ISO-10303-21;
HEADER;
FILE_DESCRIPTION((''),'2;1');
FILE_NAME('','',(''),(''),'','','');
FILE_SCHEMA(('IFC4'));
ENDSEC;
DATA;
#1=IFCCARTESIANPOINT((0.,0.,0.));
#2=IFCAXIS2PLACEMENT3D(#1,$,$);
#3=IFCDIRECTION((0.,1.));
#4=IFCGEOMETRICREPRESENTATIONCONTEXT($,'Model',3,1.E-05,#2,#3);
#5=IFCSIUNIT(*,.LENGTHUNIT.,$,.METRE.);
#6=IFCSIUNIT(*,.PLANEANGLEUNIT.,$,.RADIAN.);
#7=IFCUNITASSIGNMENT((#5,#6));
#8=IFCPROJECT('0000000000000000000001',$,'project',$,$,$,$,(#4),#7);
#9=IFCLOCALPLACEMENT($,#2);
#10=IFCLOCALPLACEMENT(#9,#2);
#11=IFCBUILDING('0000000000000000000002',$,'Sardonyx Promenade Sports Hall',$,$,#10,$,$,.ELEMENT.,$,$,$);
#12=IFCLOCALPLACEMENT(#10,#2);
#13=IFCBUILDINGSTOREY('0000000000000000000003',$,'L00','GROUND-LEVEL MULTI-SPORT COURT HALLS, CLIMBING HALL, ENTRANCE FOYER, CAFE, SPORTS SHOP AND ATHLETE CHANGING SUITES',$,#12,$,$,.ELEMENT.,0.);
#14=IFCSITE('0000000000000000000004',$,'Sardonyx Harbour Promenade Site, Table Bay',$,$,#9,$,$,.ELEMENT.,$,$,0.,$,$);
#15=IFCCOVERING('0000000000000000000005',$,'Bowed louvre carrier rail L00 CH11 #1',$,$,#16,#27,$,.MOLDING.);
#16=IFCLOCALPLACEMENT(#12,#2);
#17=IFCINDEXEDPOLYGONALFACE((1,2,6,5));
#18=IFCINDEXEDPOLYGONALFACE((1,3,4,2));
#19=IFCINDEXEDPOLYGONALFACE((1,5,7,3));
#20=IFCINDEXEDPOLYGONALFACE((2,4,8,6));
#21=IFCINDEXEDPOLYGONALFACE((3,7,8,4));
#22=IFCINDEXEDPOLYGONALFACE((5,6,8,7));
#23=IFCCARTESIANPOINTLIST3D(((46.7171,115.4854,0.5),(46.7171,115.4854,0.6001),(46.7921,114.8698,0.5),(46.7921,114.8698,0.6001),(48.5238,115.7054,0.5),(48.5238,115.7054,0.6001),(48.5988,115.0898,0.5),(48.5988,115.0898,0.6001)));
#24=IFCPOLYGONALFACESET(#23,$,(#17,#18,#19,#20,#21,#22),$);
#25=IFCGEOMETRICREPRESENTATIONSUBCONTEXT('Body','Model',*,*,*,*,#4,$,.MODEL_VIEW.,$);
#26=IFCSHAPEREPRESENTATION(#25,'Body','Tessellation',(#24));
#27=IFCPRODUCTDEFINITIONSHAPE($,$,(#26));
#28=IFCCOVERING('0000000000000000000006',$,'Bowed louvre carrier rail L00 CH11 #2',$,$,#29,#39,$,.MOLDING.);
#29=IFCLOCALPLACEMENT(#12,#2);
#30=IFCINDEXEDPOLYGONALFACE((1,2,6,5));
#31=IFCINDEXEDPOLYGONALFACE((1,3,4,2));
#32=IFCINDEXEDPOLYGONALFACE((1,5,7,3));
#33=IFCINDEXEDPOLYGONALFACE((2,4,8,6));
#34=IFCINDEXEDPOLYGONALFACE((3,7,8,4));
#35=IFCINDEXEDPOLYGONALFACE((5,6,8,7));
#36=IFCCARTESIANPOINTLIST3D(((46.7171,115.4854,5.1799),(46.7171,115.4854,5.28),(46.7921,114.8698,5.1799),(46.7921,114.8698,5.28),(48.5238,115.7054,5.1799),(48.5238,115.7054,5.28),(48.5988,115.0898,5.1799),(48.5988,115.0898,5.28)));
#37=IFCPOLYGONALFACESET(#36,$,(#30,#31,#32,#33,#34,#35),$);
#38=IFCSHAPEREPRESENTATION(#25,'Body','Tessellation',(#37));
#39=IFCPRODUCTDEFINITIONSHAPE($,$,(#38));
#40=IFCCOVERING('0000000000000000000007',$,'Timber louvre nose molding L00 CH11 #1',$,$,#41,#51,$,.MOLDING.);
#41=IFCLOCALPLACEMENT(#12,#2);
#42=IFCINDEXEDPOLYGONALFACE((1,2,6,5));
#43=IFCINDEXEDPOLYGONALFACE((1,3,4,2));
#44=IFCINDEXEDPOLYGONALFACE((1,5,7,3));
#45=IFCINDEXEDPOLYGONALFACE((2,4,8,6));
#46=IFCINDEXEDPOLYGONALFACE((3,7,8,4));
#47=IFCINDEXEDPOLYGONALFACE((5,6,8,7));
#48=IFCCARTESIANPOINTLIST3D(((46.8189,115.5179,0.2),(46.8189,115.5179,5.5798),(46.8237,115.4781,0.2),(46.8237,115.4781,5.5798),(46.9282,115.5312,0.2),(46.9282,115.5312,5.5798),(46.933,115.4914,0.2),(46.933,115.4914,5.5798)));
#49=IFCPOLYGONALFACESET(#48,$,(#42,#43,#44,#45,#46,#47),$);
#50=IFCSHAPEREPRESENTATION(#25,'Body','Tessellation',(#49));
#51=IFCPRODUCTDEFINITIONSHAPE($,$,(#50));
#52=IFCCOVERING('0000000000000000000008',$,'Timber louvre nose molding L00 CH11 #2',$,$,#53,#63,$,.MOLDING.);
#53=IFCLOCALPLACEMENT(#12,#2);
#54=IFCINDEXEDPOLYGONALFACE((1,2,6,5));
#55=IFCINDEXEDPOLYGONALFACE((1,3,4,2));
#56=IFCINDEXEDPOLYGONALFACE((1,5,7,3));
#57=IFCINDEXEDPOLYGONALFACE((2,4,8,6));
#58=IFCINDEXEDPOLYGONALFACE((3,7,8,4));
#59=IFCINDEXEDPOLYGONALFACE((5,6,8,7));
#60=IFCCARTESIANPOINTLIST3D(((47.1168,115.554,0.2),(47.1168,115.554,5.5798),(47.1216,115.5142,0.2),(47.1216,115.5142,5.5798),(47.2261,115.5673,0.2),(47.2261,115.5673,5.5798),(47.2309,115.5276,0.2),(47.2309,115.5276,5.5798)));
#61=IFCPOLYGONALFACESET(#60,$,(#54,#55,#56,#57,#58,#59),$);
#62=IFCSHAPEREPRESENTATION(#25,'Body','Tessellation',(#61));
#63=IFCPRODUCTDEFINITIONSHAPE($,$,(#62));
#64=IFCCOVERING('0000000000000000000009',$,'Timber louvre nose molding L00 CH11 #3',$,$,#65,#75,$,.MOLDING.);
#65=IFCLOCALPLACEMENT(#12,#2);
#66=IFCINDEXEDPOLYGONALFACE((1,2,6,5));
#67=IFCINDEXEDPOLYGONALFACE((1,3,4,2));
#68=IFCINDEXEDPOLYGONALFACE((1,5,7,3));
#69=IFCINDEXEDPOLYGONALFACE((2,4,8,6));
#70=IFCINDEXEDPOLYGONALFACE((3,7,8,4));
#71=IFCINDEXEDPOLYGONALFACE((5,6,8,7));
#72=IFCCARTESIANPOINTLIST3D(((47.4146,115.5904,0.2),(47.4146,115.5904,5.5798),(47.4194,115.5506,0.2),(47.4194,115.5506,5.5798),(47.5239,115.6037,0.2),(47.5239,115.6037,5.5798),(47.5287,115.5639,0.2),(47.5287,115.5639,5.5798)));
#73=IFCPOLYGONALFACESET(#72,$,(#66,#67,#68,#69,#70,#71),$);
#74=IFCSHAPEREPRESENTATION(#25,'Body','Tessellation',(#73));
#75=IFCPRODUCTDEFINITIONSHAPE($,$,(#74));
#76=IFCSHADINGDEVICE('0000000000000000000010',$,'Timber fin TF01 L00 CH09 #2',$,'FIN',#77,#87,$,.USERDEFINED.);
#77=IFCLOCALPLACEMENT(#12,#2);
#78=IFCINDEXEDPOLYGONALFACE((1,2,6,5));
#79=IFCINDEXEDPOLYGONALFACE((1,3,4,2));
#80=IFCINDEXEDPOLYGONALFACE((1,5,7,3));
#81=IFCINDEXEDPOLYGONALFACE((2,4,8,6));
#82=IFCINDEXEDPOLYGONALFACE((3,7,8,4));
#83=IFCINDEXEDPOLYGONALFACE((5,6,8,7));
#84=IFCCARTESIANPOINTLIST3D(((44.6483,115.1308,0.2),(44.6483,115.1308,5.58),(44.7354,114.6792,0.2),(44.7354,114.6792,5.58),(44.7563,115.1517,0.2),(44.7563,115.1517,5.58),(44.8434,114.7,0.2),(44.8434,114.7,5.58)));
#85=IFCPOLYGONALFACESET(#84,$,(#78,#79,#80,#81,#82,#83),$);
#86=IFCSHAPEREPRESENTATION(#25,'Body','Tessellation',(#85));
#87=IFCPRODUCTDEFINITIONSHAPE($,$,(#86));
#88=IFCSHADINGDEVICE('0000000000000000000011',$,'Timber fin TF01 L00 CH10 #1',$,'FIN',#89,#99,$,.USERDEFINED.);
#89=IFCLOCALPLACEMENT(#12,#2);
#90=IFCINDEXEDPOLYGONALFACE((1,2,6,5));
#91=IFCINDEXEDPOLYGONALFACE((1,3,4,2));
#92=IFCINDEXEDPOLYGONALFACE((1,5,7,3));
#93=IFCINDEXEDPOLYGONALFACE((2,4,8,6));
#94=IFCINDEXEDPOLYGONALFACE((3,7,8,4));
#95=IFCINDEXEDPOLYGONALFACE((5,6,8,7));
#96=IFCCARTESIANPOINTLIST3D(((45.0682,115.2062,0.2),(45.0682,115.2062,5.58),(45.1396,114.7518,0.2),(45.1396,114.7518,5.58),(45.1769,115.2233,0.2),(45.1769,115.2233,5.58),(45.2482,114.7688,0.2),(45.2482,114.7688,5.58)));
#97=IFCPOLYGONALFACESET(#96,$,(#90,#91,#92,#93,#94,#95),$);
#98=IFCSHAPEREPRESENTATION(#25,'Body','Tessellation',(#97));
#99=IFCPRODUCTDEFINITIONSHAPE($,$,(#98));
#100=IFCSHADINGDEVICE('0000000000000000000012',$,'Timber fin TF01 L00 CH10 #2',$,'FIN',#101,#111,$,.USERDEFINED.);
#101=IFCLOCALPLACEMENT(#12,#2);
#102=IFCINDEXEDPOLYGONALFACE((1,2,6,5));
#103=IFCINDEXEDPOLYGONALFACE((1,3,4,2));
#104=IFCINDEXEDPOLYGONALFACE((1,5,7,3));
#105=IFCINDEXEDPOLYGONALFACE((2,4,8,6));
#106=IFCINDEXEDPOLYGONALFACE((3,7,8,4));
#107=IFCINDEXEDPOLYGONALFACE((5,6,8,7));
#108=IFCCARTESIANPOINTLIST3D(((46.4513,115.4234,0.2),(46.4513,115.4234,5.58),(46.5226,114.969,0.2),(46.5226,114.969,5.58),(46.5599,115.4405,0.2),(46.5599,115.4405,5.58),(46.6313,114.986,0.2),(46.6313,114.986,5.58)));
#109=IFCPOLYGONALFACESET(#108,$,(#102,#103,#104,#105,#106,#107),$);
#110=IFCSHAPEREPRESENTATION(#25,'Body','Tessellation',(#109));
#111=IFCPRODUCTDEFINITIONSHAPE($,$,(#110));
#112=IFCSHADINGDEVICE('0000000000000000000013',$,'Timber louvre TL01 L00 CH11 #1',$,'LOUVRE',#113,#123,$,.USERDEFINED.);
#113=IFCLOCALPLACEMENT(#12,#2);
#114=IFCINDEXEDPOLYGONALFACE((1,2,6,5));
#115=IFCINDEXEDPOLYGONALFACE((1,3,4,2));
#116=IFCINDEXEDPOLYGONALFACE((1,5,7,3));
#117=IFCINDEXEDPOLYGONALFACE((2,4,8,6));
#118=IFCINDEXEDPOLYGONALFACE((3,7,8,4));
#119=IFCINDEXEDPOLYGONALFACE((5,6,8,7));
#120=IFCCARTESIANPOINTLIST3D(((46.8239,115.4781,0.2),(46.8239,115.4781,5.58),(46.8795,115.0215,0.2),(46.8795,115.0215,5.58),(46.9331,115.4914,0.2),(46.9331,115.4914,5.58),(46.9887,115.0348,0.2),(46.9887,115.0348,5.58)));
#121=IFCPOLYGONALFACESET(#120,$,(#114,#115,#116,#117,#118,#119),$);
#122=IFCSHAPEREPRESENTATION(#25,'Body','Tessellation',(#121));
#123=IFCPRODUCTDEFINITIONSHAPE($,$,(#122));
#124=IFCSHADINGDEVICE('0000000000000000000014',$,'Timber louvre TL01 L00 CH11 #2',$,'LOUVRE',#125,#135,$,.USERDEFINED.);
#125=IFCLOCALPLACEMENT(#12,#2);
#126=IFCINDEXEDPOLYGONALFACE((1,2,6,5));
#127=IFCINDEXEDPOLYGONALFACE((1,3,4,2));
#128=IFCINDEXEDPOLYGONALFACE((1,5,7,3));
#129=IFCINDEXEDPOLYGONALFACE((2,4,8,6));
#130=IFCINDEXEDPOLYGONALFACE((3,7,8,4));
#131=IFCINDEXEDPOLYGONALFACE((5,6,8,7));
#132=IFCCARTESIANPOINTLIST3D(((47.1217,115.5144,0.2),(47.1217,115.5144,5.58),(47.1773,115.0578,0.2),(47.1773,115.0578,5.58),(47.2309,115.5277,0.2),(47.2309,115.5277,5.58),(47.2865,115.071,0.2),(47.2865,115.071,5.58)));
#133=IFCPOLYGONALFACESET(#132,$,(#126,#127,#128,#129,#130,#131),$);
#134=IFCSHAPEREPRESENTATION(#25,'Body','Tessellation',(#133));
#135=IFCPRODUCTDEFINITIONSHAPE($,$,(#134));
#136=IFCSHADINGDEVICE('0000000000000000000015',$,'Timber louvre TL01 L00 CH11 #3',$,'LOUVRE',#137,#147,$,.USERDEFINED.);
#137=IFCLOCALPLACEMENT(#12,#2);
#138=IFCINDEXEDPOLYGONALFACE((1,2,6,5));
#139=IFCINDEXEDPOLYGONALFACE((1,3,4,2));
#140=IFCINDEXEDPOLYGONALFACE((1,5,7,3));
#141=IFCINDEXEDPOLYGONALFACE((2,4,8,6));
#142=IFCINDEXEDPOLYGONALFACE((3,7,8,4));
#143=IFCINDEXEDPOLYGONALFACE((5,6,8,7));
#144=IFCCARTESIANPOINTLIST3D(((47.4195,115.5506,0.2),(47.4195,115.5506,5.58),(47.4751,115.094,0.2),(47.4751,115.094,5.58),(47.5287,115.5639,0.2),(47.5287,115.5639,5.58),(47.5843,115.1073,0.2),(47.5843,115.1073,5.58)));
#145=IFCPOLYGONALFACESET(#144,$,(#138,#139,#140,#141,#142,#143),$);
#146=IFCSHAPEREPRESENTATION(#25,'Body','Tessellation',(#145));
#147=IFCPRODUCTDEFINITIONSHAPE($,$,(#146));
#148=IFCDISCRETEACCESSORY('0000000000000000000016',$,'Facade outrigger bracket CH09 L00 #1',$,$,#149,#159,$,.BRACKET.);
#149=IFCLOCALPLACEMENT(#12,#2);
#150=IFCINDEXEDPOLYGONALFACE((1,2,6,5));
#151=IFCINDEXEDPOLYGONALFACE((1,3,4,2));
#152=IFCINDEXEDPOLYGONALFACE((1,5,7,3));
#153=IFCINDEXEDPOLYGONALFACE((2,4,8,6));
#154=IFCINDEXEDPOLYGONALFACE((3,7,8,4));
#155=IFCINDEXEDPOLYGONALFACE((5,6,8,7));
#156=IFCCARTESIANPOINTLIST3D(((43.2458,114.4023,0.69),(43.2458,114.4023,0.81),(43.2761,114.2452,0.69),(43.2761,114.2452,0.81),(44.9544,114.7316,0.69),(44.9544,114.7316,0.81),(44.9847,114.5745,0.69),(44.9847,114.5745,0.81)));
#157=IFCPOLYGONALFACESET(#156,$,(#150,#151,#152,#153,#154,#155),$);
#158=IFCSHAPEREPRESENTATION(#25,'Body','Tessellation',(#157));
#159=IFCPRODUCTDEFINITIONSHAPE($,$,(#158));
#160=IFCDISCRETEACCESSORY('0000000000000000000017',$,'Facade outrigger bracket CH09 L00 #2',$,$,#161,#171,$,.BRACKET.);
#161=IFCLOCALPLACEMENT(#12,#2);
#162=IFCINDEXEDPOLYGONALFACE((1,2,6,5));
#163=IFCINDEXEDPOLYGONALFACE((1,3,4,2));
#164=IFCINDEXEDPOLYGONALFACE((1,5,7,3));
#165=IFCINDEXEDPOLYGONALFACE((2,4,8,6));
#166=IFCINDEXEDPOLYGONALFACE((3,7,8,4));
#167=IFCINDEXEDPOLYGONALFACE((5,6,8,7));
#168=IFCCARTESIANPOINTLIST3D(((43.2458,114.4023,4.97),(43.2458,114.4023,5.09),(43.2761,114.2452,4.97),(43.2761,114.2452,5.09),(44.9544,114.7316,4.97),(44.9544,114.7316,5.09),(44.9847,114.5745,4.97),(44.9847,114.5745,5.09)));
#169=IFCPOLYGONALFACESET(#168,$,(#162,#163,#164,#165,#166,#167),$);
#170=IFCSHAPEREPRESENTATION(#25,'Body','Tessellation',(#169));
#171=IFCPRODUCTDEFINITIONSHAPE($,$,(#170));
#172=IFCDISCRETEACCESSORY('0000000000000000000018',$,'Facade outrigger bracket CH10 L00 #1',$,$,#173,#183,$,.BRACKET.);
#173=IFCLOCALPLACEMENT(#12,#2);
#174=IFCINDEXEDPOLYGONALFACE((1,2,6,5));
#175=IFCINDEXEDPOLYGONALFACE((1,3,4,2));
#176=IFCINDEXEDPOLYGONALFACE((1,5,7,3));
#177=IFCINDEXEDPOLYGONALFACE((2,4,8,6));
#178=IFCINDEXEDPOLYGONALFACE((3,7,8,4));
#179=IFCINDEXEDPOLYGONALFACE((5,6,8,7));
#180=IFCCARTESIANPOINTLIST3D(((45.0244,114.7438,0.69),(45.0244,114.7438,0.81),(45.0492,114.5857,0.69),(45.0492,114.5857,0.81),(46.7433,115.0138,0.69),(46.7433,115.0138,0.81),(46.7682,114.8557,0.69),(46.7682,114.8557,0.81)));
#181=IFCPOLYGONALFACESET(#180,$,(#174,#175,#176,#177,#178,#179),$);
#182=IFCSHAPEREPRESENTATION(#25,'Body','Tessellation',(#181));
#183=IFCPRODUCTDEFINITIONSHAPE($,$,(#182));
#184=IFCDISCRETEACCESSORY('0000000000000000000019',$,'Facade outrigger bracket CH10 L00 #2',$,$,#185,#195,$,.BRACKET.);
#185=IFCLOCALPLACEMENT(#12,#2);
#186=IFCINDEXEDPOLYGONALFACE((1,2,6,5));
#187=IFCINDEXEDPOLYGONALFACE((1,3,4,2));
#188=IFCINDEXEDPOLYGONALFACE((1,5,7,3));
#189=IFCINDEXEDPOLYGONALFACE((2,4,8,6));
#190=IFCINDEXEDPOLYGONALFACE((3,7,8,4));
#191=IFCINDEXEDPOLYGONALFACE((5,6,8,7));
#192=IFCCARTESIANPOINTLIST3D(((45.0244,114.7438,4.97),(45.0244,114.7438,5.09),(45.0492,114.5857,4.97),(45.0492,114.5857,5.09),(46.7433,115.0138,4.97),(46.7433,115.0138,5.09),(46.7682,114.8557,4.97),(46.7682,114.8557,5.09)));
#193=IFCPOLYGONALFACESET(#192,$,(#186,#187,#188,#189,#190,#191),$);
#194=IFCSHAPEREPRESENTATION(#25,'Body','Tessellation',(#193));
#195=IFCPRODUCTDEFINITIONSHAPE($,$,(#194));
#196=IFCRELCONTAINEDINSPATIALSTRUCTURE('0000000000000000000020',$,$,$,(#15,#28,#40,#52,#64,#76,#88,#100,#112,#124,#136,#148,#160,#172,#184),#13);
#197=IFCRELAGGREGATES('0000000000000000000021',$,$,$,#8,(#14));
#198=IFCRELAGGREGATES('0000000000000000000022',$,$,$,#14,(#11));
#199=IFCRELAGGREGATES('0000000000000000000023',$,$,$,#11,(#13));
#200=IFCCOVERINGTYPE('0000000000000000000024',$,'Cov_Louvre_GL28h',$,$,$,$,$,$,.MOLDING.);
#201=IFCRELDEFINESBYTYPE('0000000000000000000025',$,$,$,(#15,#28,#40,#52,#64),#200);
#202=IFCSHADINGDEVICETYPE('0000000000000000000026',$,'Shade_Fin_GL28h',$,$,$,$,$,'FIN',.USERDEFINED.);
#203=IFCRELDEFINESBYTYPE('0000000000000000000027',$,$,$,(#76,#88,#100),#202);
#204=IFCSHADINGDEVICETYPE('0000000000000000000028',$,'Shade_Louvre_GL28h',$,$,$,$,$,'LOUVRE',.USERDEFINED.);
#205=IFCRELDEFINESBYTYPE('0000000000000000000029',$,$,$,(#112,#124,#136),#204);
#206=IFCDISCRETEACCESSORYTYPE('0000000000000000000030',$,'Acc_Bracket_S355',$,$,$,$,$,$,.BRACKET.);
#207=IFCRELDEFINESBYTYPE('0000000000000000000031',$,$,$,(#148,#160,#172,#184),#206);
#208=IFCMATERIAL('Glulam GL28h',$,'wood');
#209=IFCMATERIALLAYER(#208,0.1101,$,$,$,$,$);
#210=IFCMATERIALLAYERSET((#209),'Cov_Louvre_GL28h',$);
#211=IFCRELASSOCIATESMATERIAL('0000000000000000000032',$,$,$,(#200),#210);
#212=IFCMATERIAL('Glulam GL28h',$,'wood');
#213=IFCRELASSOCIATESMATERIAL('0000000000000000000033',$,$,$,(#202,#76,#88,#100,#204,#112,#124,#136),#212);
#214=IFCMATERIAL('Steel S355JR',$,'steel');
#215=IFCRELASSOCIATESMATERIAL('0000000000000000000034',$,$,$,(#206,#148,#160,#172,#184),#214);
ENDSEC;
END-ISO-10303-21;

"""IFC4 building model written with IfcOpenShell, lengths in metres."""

from ifc_helpers import new_model, si_unit, direction, frame, origin, origin_2d, place, context, subcontext, project, spatial, rectangle, extrude, material, layer, layer_set, type_object, element, save


model = new_model("IFC4")

# Units and contexts
model_context = context("Model", 3, precision=1e-05, world=origin(), true_north=direction((0.0, 1.0)))
body_context = subcontext(model_context, "Body", "Model", "MODEL_VIEW")
ifc_project = project(units=[si_unit("LENGTHUNIT", "METRE"), si_unit("PLANEANGLEUNIT", "RADIAN")], contexts=[model_context])

# Site, building, storey
site_placement = place(None, origin())
site = spatial("IfcSite", under=ifc_project, at=site_placement, Name="Sardonyx Harbour Promenade Site, Table Bay", CompositionType="ELEMENT", RefElevation=0.0)
building_placement = place(site_placement, origin())
building = spatial("IfcBuilding", under=site, at=building_placement, Name="Sardonyx Promenade Sports Hall", CompositionType="ELEMENT")
storey_placement = place(building_placement, origin())
storey = spatial("IfcBuildingStorey", under=building, at=storey_placement, Name="L00", Description="GROUND-LEVEL MULTI-SPORT COURT HALLS, CLIMBING HALL, ENTRANCE FOYER, CAFE, SPORTS SHOP AND ATHLETE CHANGING SUITES", CompositionType="ELEMENT", Elevation=0.0)

# Coverings
ifc_material_1 = material(Name="Glulam GL28h", Category="wood")
ifc_layer_1 = layer(ifc_material_1, 0.1101)
ifc_layer_set_1 = layer_set([ifc_layer_1], Name="Cov_Louvre_GL28h")
covering_type = type_object("IfcCoveringType", Name="Cov_Louvre_GL28h", PredefinedType="MOLDING", material=ifc_layer_set_1)
for number, where, z_axis, x_axis, name in (
    (1, (47.658, 115.2876, 0.5), (0.0, 0.0, 1.0), (0.992669, 0.120863, 0.0), "Bowed louvre carrier rail L00 CH11 #1"),
    (2, (47.658, 115.2876, 5.1799), (0.0, 0.0, 1.0), (0.992669, 0.120863, 0.0), "Bowed louvre carrier rail L00 CH11 #2"),
):
    element("IfcCovering", number, at=place(storey_placement, frame(where, z_axis=z_axis, x_axis=x_axis)), inside=storey, type_object=covering_type, Name=name, PredefinedType="MOLDING", context=body_context, shape_type="SweptSolid", body=[
        extrude(rectangle(XDim=1.8201, YDim=0.6201, at=origin_2d()), origin(), (0.0, 0.0, 1.0), 0.1001),
    ])
for number, where, z_axis, x_axis, name in (
    (3, (46.876, 115.5046, 0.2), (0.0, 0.0, 1.0), (0.992669, 0.120863, 0.0), "Timber louvre nose molding L00 CH11 #1"),
    (4, (47.1738, 115.5408, 0.2), (0.0, 0.0, 1.0), (0.992669, 0.120863, 0.0), "Timber louvre nose molding L00 CH11 #2"),
    (5, (47.4717, 115.5771, 0.2), (0.0, 0.0, 1.0), (0.992669, 0.120863, 0.0), "Timber louvre nose molding L00 CH11 #3"),
):
    element("IfcCovering", number, at=place(storey_placement, frame(where, z_axis=z_axis, x_axis=x_axis)), inside=storey, type_object=covering_type, Name=name, PredefinedType="MOLDING", context=body_context, shape_type="SweptSolid", body=[
        extrude(rectangle(XDim=0.1101, YDim=0.04, at=origin_2d()), origin(), (0.0, 0.0, 1.0), 5.3799),
    ])

# Shading devices
ifc_material_2 = material(Name="Glulam GL28h", Category="wood")
shading_device_type_1 = type_object("IfcShadingDeviceType", Name="Shade_Fin_GL28h", ElementType="FIN", PredefinedType="USERDEFINED", material=ifc_material_2)
for number, where, z_axis, x_axis, name in (
    (6, (44.7458, 114.9154, 0.2), (0.0, 0.0, 1.0), (0.98193, 0.189246, 0.0), "Timber fin TF01 L00 CH09 #2"),
    (7, (45.1582, 114.9875, 0.2), (0.0, 0.0, 1.0), (0.987891, 0.155148, 0.0), "Timber fin TF01 L00 CH10 #1"),
    (8, (46.5413, 115.2047, 0.2), (0.0, 0.0, 1.0), (0.987891, 0.155148, 0.0), "Timber fin TF01 L00 CH10 #2"),
):
    element("IfcShadingDevice", number, at=place(storey_placement, frame(where, z_axis=z_axis, x_axis=x_axis)), inside=storey, type_object=shading_device_type_1, material=ifc_material_2, Name=name, ObjectType="FIN", PredefinedType="USERDEFINED", context=body_context, shape_type="SweptSolid", body=[
        extrude(rectangle(XDim=0.11, YDim=0.46), origin(), (0.0, 0.0, 1.0), 5.38),
    ])
shading_device_type_2 = type_object("IfcShadingDeviceType", Name="Shade_Louvre_GL28h", ElementType="LOUVRE", PredefinedType="USERDEFINED", material=ifc_material_2)
for number, where, z_axis, x_axis, name in (
    (9, (46.9063, 115.2565, 0.2), (0.0, 0.0, 1.0), (0.992669, 0.120863, 0.0), "Timber louvre TL01 L00 CH11 #1"),
    (10, (47.2041, 115.2927, 0.2), (0.0, 0.0, 1.0), (0.992669, 0.120863, 0.0), "Timber louvre TL01 L00 CH11 #2"),
    (11, (47.5019, 115.329, 0.2), (0.0, 0.0, 1.0), (0.992669, 0.120863, 0.0), "Timber louvre TL01 L00 CH11 #3"),
):
    element("IfcShadingDevice", number, at=place(storey_placement, frame(where, z_axis=z_axis, x_axis=x_axis)), inside=storey, type_object=shading_device_type_2, material=ifc_material_2, Name=name, ObjectType="LOUVRE", PredefinedType="USERDEFINED", context=body_context, shape_type="SweptSolid", body=[
        extrude(rectangle(XDim=0.11, YDim=0.46), origin(), (0.0, 0.0, 1.0), 5.38),
    ])

# Discrete accessories
ifc_material_3 = material(Name="Steel S355JR", Category="steel")
discrete_accessory_type = type_object("IfcDiscreteAccessoryType", Name="Acc_Bracket_S355", PredefinedType="BRACKET", material=ifc_material_3)
for number, where, z_axis, x_axis, name in (
    (12, (44.1153, 114.4884, 0.69), (0.0, 0.0, 1.0), (0.98193, 0.189246, 0.0), "Facade outrigger bracket CH09 L00 #1"),
    (13, (44.1153, 114.4884, 4.97), (0.0, 0.0, 1.0), (0.98193, 0.189246, 0.0), "Facade outrigger bracket CH09 L00 #2"),
    (14, (45.8963, 114.7997, 0.69), (0.0, 0.0, 1.0), (0.987891, 0.155148, 0.0), "Facade outrigger bracket CH10 L00 #1"),
    (15, (45.8963, 114.7997, 4.97), (0.0, 0.0, 1.0), (0.987891, 0.155148, 0.0), "Facade outrigger bracket CH10 L00 #2"),
):
    element("IfcDiscreteAccessory", number, at=place(storey_placement, frame(where, z_axis=z_axis, x_axis=x_axis)), inside=storey, type_object=discrete_accessory_type, material=ifc_material_3, Name=name, PredefinedType="BRACKET", context=body_context, shape_type="SweptSolid", body=[
        extrude(rectangle(XDim=1.74, YDim=0.16), origin(), (0.0, 0.0, 1.0), 0.12),
    ])

save(model, "model.ifc")
